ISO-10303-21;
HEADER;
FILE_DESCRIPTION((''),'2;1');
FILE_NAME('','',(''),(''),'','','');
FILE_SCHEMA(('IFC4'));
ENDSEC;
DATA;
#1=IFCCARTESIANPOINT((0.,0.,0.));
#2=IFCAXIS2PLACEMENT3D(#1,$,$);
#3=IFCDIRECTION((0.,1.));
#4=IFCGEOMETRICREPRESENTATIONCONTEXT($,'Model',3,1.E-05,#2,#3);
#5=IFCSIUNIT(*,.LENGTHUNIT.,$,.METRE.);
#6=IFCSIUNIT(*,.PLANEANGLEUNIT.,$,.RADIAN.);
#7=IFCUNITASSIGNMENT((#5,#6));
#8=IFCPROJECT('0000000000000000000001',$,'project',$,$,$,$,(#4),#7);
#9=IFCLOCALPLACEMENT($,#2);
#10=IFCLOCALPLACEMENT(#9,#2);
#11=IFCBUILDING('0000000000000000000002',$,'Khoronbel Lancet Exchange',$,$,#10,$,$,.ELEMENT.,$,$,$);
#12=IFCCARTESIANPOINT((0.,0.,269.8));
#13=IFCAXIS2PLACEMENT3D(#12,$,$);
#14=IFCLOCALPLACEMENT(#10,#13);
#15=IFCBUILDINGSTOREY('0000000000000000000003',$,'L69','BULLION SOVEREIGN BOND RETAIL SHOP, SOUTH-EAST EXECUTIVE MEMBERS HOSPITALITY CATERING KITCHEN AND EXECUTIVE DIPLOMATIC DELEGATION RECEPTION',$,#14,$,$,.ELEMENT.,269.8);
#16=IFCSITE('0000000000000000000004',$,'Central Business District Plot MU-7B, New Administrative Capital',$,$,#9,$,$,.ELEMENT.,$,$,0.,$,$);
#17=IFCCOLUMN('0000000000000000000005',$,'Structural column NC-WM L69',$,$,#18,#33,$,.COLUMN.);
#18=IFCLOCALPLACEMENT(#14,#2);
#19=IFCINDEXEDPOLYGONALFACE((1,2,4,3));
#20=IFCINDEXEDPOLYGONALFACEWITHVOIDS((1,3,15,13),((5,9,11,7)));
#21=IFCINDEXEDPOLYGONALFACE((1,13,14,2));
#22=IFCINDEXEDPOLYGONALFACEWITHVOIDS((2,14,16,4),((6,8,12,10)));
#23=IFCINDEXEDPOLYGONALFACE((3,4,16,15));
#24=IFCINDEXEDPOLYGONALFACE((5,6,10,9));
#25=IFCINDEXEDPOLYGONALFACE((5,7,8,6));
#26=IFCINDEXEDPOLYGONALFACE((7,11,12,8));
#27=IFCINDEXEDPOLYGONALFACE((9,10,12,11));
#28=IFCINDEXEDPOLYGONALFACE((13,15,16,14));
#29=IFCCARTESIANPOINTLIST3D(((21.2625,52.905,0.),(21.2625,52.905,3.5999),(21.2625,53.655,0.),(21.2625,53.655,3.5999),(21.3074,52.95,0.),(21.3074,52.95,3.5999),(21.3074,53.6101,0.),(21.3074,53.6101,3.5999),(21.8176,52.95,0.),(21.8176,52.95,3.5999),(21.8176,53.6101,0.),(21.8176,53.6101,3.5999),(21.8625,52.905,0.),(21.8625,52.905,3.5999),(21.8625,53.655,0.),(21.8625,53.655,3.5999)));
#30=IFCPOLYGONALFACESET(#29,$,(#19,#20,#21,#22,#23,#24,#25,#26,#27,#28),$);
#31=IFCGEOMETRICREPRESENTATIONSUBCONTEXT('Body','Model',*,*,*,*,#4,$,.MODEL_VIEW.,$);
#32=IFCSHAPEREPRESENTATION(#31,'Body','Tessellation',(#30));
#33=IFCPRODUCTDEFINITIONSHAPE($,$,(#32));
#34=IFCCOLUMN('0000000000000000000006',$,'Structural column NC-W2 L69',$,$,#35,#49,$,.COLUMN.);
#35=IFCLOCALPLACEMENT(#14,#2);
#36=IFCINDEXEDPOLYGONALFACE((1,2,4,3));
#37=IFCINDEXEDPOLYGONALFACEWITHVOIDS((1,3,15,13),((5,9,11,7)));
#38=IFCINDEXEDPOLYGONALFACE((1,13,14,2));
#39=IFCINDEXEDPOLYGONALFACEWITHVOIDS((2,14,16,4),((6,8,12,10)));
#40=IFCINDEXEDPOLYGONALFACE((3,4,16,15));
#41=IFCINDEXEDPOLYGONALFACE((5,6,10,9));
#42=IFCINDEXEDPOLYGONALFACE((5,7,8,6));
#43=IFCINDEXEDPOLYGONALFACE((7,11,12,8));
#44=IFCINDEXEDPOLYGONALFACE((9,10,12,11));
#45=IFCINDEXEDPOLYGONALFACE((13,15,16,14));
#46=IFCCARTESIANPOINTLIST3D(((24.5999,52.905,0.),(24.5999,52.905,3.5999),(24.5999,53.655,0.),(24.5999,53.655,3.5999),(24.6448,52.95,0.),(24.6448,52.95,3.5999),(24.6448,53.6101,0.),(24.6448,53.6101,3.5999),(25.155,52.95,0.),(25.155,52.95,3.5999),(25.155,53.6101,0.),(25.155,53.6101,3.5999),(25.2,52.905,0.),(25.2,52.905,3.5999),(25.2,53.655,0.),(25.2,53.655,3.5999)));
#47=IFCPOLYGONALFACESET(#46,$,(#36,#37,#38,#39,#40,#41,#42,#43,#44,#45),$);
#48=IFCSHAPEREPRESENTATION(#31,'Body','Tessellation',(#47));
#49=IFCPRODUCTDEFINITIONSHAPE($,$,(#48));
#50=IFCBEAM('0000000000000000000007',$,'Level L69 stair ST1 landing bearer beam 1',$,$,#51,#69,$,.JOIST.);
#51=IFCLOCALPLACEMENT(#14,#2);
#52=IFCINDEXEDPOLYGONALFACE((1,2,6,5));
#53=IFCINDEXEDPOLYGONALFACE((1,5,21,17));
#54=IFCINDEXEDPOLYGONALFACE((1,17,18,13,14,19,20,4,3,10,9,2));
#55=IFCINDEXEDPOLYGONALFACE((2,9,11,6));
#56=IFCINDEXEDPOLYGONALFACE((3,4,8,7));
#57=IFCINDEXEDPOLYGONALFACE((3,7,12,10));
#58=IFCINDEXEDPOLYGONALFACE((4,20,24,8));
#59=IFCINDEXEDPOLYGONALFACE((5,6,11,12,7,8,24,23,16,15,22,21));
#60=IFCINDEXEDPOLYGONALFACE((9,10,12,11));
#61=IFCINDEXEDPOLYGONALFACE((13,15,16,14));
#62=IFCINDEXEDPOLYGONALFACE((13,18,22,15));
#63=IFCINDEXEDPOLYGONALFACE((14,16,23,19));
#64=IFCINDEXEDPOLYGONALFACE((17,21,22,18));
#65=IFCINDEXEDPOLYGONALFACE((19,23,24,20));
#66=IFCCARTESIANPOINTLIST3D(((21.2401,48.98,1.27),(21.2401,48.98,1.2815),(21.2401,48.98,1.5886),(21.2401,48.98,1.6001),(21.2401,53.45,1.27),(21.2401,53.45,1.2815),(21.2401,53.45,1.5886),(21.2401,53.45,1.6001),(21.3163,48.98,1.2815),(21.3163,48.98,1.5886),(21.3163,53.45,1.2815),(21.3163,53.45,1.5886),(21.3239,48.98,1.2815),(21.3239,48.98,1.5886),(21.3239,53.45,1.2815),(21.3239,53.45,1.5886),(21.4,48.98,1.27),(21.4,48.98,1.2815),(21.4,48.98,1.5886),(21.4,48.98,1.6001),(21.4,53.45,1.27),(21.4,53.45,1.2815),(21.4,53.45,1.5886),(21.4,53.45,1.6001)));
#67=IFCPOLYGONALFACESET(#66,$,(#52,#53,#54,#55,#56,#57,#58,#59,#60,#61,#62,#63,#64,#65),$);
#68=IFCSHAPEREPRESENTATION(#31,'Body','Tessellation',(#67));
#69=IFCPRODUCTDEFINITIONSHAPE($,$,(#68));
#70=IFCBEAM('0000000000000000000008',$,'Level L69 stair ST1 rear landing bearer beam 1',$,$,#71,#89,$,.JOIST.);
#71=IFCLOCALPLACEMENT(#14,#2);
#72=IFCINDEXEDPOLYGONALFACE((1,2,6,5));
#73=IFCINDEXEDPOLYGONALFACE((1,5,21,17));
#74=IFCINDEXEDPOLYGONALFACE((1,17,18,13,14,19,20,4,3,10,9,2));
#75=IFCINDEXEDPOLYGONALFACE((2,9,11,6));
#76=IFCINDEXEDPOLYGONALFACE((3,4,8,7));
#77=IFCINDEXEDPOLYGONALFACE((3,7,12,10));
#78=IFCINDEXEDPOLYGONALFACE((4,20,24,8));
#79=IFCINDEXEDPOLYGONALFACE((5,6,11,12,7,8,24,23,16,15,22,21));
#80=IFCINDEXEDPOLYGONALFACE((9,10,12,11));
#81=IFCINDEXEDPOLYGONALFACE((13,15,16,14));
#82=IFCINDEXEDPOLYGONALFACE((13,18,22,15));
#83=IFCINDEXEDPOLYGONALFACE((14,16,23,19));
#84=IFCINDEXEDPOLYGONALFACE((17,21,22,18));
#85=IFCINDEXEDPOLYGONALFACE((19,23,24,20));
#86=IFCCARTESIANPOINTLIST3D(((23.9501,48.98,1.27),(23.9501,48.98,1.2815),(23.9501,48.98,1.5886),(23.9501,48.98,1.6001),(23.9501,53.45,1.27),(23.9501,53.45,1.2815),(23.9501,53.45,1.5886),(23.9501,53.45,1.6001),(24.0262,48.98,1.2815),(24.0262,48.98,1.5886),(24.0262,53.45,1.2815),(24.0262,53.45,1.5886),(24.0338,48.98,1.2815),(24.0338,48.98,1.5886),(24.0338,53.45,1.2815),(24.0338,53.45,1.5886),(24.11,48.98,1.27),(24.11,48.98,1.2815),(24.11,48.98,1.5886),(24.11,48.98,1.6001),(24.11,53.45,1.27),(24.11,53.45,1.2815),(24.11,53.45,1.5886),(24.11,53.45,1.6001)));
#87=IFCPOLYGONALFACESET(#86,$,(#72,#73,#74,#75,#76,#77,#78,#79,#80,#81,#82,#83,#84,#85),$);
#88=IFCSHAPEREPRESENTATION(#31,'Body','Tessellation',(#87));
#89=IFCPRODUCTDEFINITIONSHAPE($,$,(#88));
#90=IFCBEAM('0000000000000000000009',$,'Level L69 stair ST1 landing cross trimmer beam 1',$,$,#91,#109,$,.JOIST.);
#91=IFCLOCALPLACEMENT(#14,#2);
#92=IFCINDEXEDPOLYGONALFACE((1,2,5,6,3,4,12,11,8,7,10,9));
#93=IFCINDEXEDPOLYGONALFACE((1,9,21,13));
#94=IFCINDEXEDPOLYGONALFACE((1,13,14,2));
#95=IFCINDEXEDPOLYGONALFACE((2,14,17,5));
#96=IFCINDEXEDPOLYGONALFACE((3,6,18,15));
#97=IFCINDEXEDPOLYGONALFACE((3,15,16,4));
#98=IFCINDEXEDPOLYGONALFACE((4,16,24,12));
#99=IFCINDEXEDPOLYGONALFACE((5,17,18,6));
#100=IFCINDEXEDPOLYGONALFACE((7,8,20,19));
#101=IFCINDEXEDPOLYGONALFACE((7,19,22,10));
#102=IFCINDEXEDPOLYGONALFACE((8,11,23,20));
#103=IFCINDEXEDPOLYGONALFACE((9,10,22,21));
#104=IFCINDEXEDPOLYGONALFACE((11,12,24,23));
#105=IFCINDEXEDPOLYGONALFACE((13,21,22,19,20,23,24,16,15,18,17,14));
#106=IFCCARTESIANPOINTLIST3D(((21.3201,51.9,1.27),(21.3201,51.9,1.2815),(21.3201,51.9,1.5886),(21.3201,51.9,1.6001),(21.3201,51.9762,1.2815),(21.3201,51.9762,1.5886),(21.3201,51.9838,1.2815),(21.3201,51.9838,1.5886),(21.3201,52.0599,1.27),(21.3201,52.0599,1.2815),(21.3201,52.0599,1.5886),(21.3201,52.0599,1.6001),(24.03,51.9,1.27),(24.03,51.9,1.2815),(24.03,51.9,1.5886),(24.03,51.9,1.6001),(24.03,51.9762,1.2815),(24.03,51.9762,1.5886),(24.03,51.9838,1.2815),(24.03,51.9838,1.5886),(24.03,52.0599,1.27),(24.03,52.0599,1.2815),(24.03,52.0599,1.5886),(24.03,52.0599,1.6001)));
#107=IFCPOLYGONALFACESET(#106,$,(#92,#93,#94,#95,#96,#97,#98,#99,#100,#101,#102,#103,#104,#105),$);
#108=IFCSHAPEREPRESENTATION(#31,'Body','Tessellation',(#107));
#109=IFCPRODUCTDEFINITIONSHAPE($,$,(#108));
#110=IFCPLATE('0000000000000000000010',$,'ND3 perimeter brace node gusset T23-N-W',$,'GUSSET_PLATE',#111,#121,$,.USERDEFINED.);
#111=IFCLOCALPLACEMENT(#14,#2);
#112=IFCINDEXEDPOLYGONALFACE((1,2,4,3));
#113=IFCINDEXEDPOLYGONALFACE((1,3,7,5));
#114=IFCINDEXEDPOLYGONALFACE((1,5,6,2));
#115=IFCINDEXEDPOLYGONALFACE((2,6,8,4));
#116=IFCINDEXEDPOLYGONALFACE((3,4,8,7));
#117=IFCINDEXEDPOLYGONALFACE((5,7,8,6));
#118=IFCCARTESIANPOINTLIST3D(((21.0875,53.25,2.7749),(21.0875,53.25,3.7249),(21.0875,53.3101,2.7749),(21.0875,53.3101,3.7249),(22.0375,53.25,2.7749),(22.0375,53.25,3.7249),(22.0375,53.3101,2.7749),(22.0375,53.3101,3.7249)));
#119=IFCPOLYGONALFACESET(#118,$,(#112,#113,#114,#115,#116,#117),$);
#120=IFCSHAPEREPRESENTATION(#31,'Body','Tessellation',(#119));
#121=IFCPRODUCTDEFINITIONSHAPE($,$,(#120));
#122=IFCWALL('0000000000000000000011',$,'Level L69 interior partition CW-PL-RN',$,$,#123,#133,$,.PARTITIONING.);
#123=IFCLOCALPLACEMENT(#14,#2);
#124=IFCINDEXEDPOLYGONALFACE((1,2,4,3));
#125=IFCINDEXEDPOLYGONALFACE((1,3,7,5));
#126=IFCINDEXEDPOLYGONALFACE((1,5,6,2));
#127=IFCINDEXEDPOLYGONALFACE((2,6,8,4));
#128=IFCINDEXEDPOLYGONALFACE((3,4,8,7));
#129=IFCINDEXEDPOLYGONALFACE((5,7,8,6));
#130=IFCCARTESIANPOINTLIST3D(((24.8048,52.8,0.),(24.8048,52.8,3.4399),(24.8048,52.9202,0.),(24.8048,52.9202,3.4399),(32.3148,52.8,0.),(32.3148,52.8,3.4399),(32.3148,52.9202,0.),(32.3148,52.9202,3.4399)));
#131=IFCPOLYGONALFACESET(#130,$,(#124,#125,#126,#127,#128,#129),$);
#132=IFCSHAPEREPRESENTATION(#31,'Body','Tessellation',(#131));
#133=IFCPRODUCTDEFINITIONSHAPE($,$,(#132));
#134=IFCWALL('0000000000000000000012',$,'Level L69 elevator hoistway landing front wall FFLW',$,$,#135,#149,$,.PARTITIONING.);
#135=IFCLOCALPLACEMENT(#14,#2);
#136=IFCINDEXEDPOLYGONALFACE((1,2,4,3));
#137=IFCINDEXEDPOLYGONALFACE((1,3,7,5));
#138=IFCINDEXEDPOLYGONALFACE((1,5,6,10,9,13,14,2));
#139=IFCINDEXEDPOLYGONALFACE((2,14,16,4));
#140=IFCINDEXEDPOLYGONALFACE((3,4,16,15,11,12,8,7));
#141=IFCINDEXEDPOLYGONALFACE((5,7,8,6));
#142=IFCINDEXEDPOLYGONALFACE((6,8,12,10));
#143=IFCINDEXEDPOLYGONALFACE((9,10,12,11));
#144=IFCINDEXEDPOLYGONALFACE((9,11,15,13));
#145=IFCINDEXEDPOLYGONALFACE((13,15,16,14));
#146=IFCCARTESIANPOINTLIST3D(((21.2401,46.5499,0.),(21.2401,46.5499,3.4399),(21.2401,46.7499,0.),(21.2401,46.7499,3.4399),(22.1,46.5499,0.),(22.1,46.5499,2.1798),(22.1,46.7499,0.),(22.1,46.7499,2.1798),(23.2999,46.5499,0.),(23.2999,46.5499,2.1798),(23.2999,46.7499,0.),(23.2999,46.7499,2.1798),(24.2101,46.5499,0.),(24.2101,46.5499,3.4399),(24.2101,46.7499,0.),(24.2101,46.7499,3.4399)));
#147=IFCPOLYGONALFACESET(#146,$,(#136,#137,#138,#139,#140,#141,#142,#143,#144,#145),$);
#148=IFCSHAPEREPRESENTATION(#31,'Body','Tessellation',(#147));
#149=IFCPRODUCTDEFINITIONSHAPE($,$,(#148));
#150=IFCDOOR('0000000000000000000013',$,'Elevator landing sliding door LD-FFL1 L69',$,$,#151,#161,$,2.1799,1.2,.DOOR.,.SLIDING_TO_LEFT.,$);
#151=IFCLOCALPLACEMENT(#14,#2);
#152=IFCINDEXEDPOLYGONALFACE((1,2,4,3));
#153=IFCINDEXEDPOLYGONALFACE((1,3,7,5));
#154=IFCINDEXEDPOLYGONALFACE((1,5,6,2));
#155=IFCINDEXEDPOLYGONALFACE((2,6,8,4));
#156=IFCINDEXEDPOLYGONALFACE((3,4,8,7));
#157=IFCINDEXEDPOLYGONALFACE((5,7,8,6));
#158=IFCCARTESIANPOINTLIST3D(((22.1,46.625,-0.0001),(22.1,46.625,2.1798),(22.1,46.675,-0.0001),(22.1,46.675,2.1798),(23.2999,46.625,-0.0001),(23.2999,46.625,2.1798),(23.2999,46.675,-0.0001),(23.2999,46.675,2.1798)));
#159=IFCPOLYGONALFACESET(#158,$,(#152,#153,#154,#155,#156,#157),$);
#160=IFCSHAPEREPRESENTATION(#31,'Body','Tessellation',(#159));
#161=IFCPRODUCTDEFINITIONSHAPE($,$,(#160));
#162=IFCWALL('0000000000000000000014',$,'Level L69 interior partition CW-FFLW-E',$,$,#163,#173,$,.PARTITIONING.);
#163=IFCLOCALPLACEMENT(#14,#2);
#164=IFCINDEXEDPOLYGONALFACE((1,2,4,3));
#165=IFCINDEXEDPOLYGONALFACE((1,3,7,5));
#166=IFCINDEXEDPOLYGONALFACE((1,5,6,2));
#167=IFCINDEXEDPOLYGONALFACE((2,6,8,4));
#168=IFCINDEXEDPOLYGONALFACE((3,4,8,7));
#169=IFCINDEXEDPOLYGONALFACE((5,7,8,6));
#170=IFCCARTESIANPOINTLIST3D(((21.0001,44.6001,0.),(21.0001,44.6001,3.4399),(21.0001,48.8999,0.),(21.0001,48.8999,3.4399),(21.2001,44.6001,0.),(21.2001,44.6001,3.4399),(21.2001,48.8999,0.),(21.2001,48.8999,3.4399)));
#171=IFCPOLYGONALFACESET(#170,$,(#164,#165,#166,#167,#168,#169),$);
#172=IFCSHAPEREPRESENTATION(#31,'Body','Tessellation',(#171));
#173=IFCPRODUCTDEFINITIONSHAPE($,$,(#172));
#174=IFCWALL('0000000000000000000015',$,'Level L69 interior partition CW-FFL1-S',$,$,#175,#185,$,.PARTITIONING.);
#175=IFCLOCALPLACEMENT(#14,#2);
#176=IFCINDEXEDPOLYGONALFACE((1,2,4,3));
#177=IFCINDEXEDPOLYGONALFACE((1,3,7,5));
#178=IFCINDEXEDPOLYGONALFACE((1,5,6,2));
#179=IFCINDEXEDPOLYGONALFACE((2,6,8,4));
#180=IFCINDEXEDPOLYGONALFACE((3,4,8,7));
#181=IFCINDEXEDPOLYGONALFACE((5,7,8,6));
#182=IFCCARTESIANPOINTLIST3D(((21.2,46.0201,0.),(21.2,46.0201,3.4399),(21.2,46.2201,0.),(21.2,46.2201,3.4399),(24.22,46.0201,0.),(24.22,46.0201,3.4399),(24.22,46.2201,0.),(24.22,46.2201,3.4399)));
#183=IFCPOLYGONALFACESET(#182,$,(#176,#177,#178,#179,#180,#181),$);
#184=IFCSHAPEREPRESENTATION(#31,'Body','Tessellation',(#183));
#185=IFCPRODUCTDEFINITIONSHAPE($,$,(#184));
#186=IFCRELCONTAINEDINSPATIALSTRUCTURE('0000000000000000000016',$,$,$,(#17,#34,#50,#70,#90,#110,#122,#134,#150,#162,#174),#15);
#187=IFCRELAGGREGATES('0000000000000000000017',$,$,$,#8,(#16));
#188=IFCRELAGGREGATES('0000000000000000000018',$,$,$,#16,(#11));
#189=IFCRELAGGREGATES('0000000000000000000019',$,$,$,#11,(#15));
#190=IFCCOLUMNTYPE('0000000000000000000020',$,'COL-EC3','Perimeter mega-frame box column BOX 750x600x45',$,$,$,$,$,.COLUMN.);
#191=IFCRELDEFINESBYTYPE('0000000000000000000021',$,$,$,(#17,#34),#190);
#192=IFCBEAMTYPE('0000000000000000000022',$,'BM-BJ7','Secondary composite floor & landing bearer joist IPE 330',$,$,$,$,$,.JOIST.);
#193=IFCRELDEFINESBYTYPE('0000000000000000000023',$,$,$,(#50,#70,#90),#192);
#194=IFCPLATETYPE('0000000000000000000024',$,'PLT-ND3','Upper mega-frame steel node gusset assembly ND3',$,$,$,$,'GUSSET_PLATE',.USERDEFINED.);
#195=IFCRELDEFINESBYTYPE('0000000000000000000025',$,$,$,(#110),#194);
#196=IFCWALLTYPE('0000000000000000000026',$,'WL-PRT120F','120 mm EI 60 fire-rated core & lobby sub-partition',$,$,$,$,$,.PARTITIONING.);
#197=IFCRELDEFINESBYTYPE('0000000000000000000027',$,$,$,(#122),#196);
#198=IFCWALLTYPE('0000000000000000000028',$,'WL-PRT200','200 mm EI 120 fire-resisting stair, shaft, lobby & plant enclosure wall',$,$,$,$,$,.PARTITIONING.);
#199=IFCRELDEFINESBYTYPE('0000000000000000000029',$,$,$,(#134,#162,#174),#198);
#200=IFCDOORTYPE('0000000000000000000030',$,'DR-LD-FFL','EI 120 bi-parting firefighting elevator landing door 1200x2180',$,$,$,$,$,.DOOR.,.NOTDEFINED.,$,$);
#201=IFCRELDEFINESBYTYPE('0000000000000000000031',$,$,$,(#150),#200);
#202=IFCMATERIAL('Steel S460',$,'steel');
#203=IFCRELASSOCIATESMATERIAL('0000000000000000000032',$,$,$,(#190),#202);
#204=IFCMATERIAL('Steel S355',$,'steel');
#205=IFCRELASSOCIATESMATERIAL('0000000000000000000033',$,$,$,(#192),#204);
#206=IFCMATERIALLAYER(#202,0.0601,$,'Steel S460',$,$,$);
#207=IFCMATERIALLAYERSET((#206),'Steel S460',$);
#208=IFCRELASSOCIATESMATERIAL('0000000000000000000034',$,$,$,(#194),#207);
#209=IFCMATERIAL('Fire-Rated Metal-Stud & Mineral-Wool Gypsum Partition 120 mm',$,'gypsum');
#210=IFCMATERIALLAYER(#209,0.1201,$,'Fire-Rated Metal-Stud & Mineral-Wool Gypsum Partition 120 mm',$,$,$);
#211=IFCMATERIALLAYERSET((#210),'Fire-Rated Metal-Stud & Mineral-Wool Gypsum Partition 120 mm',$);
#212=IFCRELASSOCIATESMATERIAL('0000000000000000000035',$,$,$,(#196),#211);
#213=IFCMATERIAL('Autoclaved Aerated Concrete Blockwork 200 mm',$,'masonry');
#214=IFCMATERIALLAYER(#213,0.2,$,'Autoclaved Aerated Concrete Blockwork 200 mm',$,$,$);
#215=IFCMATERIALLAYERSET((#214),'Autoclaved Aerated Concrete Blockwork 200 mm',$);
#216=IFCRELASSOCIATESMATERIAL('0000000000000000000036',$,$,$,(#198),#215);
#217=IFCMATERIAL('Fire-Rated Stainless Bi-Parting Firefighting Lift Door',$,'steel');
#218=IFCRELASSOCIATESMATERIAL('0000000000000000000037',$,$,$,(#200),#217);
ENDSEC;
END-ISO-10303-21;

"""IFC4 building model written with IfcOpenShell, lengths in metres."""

from ifc_helpers import new_model, si_unit, direction, frame, frame_2d, origin, origin_2d, place, context, subcontext, project, spatial, rectangle, hollow_rectangle, i_section, extrude, material, layer, layer_set, material_profile, profile_set, type_object, element, fill, save


model = new_model("IFC4")

# Units and contexts
model_context = context("Model", 3, precision=1e-05, world=origin(), true_north=direction((0.0, 1.0)))
body_context = subcontext(model_context, "Body", "Model", "MODEL_VIEW")
ifc_project = project(units=[si_unit("LENGTHUNIT", "METRE"), si_unit("PLANEANGLEUNIT", "RADIAN")], contexts=[model_context])

# Site, building, storey
site_placement = place(None, origin())
site = spatial("IfcSite", under=ifc_project, at=site_placement, Name="Central Business District Plot MU-7B, New Administrative Capital", CompositionType="ELEMENT", RefElevation=0.0)
building_placement = place(site_placement, origin())
building = spatial("IfcBuilding", under=site, at=building_placement, Name="Khoronbel Lancet Exchange", CompositionType="ELEMENT")
storey_placement = place(building_placement, frame((0.0, 0.0, 269.8)))
storey = spatial("IfcBuildingStorey", under=building, at=storey_placement, Name="L69", Description="BULLION SOVEREIGN BOND RETAIL SHOP, SOUTH-EAST EXECUTIVE MEMBERS HOSPITALITY CATERING KITCHEN AND EXECUTIVE DIPLOMATIC DELEGATION RECEPTION", CompositionType="ELEMENT", Elevation=269.8)

# Columns
ifc_material_1 = material(Name="Steel S460", Category="steel")
ifc_material_profile_1 = material_profile(ifc_material_1, hollow_rectangle(XDim=0.6001, YDim=0.75, WallThickness=0.0449, at=origin_2d()), Name="BOX 750x600x45")
ifc_profile_set_1 = profile_set([ifc_material_profile_1], Name="Steel S460")
column_type = type_object("IfcColumnType", Name="COL-EC3", Description="Perimeter mega-frame box column BOX 750x600x45", PredefinedType="COLUMN", material=ifc_profile_set_1)
for number, where, z_axis, x_axis, name in (
    (1, (21.5625, 53.28, 0.0), (0.0, 0.0, 1.0), (1.0, 0.0, 0.0), "Structural column NC-WM L69"),
    (2, (24.8999, 53.28, 0.0), (0.0, 0.0, 1.0), (1.0, 0.0, 0.0), "Structural column NC-W2 L69"),
):
    element("IfcColumn", number, at=place(storey_placement, frame(where, z_axis=z_axis, x_axis=x_axis)), inside=storey, type_object=column_type, Name=name, PredefinedType="COLUMN", context=body_context, shape_type="SweptSolid", body=[
        extrude(hollow_rectangle(XDim=0.6001, YDim=0.75, WallThickness=0.0449, at=origin_2d()), origin(), (0.0, 0.0, 1.0), 3.5999),
    ])

# Beams
ifc_material_2 = material(Name="Steel S355", Category="steel")
ifc_material_profile_2 = material_profile(ifc_material_2, i_section(OverallWidth=0.1599, OverallDepth=0.3301, WebThickness=0.0076, FlangeThickness=0.0115, at=origin_2d()), Name="IPE 330")
ifc_profile_set_2 = profile_set([ifc_material_profile_2], Name="Steel S355")
beam_type = type_object("IfcBeamType", Name="BM-BJ7", Description="Secondary composite floor & landing bearer joist IPE 330", PredefinedType="JOIST", material=ifc_profile_set_2)
for number, where, z_axis, x_axis, name in (
    (3, (21.3201, 48.98, 1.4351), (0.0, 1.0, 0.0), (-1.0, 0.0, 0.0), "Level L69 stair ST1 landing bearer beam 1"),
    (4, (24.03, 48.98, 1.4351), (0.0, 1.0, 0.0), (-1.0, 0.0, 0.0), "Level L69 stair ST1 rear landing bearer beam 1"),
):
    element("IfcBeam", number, at=place(storey_placement, frame(where, z_axis=z_axis, x_axis=x_axis)), inside=storey, type_object=beam_type, Name=name, PredefinedType="JOIST", context=body_context, shape_type="SweptSolid", body=[
        extrude(i_section(OverallWidth=0.1599, OverallDepth=0.3301, WebThickness=0.0076, FlangeThickness=0.0115, at=origin_2d()), origin(), (0.0, 0.0, 1.0), 4.47),
    ])
beam_placement = place(storey_placement, frame((21.3201, 51.98, 1.4351), z_axis=(1.0, 0.0, 0.0), x_axis=(0.0, 1.0, 0.0)))
element("IfcBeam", 5, at=beam_placement, inside=storey, type_object=beam_type, Name="Level L69 stair ST1 landing cross trimmer beam 1", PredefinedType="JOIST", context=body_context, shape_type="SweptSolid", body=[
    extrude(i_section(OverallWidth=0.1599, OverallDepth=0.3301, WebThickness=0.0076, FlangeThickness=0.0115, at=origin_2d()), origin(), (0.0, 0.0, 1.0), 2.71),
])

# Plate
ifc_layer_1 = layer(ifc_material_1, 0.0601, Name="Steel S460")
ifc_layer_set_1 = layer_set([ifc_layer_1], Name="Steel S460")
plate_type = type_object("IfcPlateType", Name="PLT-ND3", Description="Upper mega-frame steel node gusset assembly ND3", ElementType="GUSSET_PLATE", PredefinedType="USERDEFINED", material=ifc_layer_set_1)
plate_placement = place(storey_placement, frame((21.5625, 53.28, 2.7749), z_axis=(0.0, 0.0, 1.0), x_axis=(1.0, 0.0, 0.0)))
element("IfcPlate", 6, at=plate_placement, inside=storey, type_object=plate_type, Name="ND3 perimeter brace node gusset T23-N-W", ObjectType="GUSSET_PLATE", PredefinedType="USERDEFINED", context=body_context, shape_type="SweptSolid", body=[
    extrude(rectangle(XDim=0.95, YDim=0.0601, at=origin_2d()), origin(), (0.0, 0.0, 1.0), 0.95),
])

# Wall
ifc_material_3 = material(Name="Fire-Rated Metal-Stud & Mineral-Wool Gypsum Partition 120 mm", Category="gypsum")
ifc_layer_2 = layer(ifc_material_3, 0.1201, Name="Fire-Rated Metal-Stud & Mineral-Wool Gypsum Partition 120 mm")
ifc_layer_set_2 = layer_set([ifc_layer_2], Name="Fire-Rated Metal-Stud & Mineral-Wool Gypsum Partition 120 mm")
wall_type_1 = type_object("IfcWallType", Name="WL-PRT120F", Description="120 mm EI 60 fire-rated core & lobby sub-partition", PredefinedType="PARTITIONING", material=ifc_layer_set_2)
wall_1_placement = place(storey_placement, frame((24.8049, 52.8601, 0.0), z_axis=(0.0, 0.0, 1.0), x_axis=(1.0, 0.0, 0.0)))
element("IfcWall", 7, at=wall_1_placement, inside=storey, type_object=wall_type_1, Name="Level L69 interior partition CW-PL-RN", PredefinedType="PARTITIONING", context=body_context, shape_type="SweptSolid", body=[
    extrude(rectangle(XDim=7.51, YDim=0.1201, at=frame_2d((3.7549, 0.0))), origin(), (0.0, 0.0, 1.0), 3.4399),
])

# Wall, opening, door
ifc_material_4 = material(Name="Autoclaved Aerated Concrete Blockwork 200 mm", Category="masonry")
ifc_layer_3 = layer(ifc_material_4, 0.2, Name="Autoclaved Aerated Concrete Blockwork 200 mm")
ifc_layer_set_3 = layer_set([ifc_layer_3], Name="Autoclaved Aerated Concrete Blockwork 200 mm")
wall_type_2 = type_object("IfcWallType", Name="WL-PRT200", Description="200 mm EI 120 fire-resisting stair, shaft, lobby & plant enclosure wall", PredefinedType="PARTITIONING", material=ifc_layer_set_3)
wall_2_placement = place(storey_placement, frame((24.21, 46.6499, 0.0), z_axis=(0.0, 0.0, 1.0), x_axis=(-1.0, 0.0, 0.0)))
wall_2 = element("IfcWall", 8, at=wall_2_placement, inside=storey, type_object=wall_type_2, Name="Level L69 elevator hoistway landing front wall FFLW", PredefinedType="PARTITIONING", context=body_context, shape_type="SweptSolid", body=[
    extrude(rectangle(XDim=2.97, YDim=0.2, at=frame_2d((1.4849, 0.0))), origin(), (0.0, 0.0, 1.0), 3.4399),
])
opening_1_placement = place(wall_2_placement, frame((0.9099, 0.0, 0.0)))
opening_1 = element("IfcOpeningElement", 9, at=opening_1_placement, cuts=wall_2, PredefinedType="OPENING", context=body_context, shape_type="SweptSolid", body=[
    extrude(rectangle(XDim=1.2, YDim=2.1799, at=frame_2d((0.6001, 1.0898))), frame((0.0, 0.1099, 0.0), z_axis=(0.0, -1.0, 0.0), x_axis=(1.0, 0.0, 0.0)), (0.0, 0.0, 1.0), 0.22),
])
ifc_material_5 = material(Name="Fire-Rated Stainless Bi-Parting Firefighting Lift Door", Category="steel")
door_type_1 = type_object("IfcDoorType", Name="DR-LD-FFL", Description="EI 120 bi-parting firefighting elevator landing door 1200x2180", OperationType="NOTDEFINED", PredefinedType="DOOR", material=ifc_material_5)
door_1_placement = place(opening_1_placement, origin())
door_1 = element("IfcDoor", 10, at=door_1_placement, inside=storey, type_object=door_type_1, Name="Elevator landing sliding door LD-FFL1 L69", OperationType="SLIDING_TO_LEFT", OverallHeight=2.1799, OverallWidth=1.2, PredefinedType="DOOR", context=body_context, shape_type="SweptSolid", body=[
    extrude(rectangle(XDim=1.2, YDim=2.1799, at=frame_2d((0.6001, 1.0898))), frame((0.0, 0.0249, 0.0), z_axis=(0.0, -1.0, 0.0), x_axis=(1.0, 0.0, 0.0)), (0.0, 0.0, 1.0), 0.05),
])
fill(opening_1, door_1)

# Walls
wall_3_placement = place(storey_placement, frame((21.1001, 44.6001, 0.0), z_axis=(0.0, 0.0, 1.0), x_axis=(0.0, 1.0, 0.0)))
element("IfcWall", 11, at=wall_3_placement, inside=storey, type_object=wall_type_2, Name="Level L69 interior partition CW-FFLW-E", PredefinedType="PARTITIONING", context=body_context, shape_type="SweptSolid", body=[
    extrude(rectangle(XDim=4.2998, YDim=0.2, at=frame_2d((2.1499, 0.0))), origin(), (0.0, 0.0, 1.0), 3.4399),
])
wall_4_placement = place(storey_placement, frame((21.2, 46.1201, 0.0), z_axis=(0.0, 0.0, 1.0), x_axis=(1.0, 0.0, 0.0)))
element("IfcWall", 12, at=wall_4_placement, inside=storey, type_object=wall_type_2, Name="Level L69 interior partition CW-FFL1-S", PredefinedType="PARTITIONING", context=body_context, shape_type="SweptSolid", body=[
    extrude(rectangle(XDim=3.02, YDim=0.2, at=frame_2d((1.51, 0.0))), origin(), (0.0, 0.0, 1.0), 3.4399),
])

save(model, "model.ifc")
